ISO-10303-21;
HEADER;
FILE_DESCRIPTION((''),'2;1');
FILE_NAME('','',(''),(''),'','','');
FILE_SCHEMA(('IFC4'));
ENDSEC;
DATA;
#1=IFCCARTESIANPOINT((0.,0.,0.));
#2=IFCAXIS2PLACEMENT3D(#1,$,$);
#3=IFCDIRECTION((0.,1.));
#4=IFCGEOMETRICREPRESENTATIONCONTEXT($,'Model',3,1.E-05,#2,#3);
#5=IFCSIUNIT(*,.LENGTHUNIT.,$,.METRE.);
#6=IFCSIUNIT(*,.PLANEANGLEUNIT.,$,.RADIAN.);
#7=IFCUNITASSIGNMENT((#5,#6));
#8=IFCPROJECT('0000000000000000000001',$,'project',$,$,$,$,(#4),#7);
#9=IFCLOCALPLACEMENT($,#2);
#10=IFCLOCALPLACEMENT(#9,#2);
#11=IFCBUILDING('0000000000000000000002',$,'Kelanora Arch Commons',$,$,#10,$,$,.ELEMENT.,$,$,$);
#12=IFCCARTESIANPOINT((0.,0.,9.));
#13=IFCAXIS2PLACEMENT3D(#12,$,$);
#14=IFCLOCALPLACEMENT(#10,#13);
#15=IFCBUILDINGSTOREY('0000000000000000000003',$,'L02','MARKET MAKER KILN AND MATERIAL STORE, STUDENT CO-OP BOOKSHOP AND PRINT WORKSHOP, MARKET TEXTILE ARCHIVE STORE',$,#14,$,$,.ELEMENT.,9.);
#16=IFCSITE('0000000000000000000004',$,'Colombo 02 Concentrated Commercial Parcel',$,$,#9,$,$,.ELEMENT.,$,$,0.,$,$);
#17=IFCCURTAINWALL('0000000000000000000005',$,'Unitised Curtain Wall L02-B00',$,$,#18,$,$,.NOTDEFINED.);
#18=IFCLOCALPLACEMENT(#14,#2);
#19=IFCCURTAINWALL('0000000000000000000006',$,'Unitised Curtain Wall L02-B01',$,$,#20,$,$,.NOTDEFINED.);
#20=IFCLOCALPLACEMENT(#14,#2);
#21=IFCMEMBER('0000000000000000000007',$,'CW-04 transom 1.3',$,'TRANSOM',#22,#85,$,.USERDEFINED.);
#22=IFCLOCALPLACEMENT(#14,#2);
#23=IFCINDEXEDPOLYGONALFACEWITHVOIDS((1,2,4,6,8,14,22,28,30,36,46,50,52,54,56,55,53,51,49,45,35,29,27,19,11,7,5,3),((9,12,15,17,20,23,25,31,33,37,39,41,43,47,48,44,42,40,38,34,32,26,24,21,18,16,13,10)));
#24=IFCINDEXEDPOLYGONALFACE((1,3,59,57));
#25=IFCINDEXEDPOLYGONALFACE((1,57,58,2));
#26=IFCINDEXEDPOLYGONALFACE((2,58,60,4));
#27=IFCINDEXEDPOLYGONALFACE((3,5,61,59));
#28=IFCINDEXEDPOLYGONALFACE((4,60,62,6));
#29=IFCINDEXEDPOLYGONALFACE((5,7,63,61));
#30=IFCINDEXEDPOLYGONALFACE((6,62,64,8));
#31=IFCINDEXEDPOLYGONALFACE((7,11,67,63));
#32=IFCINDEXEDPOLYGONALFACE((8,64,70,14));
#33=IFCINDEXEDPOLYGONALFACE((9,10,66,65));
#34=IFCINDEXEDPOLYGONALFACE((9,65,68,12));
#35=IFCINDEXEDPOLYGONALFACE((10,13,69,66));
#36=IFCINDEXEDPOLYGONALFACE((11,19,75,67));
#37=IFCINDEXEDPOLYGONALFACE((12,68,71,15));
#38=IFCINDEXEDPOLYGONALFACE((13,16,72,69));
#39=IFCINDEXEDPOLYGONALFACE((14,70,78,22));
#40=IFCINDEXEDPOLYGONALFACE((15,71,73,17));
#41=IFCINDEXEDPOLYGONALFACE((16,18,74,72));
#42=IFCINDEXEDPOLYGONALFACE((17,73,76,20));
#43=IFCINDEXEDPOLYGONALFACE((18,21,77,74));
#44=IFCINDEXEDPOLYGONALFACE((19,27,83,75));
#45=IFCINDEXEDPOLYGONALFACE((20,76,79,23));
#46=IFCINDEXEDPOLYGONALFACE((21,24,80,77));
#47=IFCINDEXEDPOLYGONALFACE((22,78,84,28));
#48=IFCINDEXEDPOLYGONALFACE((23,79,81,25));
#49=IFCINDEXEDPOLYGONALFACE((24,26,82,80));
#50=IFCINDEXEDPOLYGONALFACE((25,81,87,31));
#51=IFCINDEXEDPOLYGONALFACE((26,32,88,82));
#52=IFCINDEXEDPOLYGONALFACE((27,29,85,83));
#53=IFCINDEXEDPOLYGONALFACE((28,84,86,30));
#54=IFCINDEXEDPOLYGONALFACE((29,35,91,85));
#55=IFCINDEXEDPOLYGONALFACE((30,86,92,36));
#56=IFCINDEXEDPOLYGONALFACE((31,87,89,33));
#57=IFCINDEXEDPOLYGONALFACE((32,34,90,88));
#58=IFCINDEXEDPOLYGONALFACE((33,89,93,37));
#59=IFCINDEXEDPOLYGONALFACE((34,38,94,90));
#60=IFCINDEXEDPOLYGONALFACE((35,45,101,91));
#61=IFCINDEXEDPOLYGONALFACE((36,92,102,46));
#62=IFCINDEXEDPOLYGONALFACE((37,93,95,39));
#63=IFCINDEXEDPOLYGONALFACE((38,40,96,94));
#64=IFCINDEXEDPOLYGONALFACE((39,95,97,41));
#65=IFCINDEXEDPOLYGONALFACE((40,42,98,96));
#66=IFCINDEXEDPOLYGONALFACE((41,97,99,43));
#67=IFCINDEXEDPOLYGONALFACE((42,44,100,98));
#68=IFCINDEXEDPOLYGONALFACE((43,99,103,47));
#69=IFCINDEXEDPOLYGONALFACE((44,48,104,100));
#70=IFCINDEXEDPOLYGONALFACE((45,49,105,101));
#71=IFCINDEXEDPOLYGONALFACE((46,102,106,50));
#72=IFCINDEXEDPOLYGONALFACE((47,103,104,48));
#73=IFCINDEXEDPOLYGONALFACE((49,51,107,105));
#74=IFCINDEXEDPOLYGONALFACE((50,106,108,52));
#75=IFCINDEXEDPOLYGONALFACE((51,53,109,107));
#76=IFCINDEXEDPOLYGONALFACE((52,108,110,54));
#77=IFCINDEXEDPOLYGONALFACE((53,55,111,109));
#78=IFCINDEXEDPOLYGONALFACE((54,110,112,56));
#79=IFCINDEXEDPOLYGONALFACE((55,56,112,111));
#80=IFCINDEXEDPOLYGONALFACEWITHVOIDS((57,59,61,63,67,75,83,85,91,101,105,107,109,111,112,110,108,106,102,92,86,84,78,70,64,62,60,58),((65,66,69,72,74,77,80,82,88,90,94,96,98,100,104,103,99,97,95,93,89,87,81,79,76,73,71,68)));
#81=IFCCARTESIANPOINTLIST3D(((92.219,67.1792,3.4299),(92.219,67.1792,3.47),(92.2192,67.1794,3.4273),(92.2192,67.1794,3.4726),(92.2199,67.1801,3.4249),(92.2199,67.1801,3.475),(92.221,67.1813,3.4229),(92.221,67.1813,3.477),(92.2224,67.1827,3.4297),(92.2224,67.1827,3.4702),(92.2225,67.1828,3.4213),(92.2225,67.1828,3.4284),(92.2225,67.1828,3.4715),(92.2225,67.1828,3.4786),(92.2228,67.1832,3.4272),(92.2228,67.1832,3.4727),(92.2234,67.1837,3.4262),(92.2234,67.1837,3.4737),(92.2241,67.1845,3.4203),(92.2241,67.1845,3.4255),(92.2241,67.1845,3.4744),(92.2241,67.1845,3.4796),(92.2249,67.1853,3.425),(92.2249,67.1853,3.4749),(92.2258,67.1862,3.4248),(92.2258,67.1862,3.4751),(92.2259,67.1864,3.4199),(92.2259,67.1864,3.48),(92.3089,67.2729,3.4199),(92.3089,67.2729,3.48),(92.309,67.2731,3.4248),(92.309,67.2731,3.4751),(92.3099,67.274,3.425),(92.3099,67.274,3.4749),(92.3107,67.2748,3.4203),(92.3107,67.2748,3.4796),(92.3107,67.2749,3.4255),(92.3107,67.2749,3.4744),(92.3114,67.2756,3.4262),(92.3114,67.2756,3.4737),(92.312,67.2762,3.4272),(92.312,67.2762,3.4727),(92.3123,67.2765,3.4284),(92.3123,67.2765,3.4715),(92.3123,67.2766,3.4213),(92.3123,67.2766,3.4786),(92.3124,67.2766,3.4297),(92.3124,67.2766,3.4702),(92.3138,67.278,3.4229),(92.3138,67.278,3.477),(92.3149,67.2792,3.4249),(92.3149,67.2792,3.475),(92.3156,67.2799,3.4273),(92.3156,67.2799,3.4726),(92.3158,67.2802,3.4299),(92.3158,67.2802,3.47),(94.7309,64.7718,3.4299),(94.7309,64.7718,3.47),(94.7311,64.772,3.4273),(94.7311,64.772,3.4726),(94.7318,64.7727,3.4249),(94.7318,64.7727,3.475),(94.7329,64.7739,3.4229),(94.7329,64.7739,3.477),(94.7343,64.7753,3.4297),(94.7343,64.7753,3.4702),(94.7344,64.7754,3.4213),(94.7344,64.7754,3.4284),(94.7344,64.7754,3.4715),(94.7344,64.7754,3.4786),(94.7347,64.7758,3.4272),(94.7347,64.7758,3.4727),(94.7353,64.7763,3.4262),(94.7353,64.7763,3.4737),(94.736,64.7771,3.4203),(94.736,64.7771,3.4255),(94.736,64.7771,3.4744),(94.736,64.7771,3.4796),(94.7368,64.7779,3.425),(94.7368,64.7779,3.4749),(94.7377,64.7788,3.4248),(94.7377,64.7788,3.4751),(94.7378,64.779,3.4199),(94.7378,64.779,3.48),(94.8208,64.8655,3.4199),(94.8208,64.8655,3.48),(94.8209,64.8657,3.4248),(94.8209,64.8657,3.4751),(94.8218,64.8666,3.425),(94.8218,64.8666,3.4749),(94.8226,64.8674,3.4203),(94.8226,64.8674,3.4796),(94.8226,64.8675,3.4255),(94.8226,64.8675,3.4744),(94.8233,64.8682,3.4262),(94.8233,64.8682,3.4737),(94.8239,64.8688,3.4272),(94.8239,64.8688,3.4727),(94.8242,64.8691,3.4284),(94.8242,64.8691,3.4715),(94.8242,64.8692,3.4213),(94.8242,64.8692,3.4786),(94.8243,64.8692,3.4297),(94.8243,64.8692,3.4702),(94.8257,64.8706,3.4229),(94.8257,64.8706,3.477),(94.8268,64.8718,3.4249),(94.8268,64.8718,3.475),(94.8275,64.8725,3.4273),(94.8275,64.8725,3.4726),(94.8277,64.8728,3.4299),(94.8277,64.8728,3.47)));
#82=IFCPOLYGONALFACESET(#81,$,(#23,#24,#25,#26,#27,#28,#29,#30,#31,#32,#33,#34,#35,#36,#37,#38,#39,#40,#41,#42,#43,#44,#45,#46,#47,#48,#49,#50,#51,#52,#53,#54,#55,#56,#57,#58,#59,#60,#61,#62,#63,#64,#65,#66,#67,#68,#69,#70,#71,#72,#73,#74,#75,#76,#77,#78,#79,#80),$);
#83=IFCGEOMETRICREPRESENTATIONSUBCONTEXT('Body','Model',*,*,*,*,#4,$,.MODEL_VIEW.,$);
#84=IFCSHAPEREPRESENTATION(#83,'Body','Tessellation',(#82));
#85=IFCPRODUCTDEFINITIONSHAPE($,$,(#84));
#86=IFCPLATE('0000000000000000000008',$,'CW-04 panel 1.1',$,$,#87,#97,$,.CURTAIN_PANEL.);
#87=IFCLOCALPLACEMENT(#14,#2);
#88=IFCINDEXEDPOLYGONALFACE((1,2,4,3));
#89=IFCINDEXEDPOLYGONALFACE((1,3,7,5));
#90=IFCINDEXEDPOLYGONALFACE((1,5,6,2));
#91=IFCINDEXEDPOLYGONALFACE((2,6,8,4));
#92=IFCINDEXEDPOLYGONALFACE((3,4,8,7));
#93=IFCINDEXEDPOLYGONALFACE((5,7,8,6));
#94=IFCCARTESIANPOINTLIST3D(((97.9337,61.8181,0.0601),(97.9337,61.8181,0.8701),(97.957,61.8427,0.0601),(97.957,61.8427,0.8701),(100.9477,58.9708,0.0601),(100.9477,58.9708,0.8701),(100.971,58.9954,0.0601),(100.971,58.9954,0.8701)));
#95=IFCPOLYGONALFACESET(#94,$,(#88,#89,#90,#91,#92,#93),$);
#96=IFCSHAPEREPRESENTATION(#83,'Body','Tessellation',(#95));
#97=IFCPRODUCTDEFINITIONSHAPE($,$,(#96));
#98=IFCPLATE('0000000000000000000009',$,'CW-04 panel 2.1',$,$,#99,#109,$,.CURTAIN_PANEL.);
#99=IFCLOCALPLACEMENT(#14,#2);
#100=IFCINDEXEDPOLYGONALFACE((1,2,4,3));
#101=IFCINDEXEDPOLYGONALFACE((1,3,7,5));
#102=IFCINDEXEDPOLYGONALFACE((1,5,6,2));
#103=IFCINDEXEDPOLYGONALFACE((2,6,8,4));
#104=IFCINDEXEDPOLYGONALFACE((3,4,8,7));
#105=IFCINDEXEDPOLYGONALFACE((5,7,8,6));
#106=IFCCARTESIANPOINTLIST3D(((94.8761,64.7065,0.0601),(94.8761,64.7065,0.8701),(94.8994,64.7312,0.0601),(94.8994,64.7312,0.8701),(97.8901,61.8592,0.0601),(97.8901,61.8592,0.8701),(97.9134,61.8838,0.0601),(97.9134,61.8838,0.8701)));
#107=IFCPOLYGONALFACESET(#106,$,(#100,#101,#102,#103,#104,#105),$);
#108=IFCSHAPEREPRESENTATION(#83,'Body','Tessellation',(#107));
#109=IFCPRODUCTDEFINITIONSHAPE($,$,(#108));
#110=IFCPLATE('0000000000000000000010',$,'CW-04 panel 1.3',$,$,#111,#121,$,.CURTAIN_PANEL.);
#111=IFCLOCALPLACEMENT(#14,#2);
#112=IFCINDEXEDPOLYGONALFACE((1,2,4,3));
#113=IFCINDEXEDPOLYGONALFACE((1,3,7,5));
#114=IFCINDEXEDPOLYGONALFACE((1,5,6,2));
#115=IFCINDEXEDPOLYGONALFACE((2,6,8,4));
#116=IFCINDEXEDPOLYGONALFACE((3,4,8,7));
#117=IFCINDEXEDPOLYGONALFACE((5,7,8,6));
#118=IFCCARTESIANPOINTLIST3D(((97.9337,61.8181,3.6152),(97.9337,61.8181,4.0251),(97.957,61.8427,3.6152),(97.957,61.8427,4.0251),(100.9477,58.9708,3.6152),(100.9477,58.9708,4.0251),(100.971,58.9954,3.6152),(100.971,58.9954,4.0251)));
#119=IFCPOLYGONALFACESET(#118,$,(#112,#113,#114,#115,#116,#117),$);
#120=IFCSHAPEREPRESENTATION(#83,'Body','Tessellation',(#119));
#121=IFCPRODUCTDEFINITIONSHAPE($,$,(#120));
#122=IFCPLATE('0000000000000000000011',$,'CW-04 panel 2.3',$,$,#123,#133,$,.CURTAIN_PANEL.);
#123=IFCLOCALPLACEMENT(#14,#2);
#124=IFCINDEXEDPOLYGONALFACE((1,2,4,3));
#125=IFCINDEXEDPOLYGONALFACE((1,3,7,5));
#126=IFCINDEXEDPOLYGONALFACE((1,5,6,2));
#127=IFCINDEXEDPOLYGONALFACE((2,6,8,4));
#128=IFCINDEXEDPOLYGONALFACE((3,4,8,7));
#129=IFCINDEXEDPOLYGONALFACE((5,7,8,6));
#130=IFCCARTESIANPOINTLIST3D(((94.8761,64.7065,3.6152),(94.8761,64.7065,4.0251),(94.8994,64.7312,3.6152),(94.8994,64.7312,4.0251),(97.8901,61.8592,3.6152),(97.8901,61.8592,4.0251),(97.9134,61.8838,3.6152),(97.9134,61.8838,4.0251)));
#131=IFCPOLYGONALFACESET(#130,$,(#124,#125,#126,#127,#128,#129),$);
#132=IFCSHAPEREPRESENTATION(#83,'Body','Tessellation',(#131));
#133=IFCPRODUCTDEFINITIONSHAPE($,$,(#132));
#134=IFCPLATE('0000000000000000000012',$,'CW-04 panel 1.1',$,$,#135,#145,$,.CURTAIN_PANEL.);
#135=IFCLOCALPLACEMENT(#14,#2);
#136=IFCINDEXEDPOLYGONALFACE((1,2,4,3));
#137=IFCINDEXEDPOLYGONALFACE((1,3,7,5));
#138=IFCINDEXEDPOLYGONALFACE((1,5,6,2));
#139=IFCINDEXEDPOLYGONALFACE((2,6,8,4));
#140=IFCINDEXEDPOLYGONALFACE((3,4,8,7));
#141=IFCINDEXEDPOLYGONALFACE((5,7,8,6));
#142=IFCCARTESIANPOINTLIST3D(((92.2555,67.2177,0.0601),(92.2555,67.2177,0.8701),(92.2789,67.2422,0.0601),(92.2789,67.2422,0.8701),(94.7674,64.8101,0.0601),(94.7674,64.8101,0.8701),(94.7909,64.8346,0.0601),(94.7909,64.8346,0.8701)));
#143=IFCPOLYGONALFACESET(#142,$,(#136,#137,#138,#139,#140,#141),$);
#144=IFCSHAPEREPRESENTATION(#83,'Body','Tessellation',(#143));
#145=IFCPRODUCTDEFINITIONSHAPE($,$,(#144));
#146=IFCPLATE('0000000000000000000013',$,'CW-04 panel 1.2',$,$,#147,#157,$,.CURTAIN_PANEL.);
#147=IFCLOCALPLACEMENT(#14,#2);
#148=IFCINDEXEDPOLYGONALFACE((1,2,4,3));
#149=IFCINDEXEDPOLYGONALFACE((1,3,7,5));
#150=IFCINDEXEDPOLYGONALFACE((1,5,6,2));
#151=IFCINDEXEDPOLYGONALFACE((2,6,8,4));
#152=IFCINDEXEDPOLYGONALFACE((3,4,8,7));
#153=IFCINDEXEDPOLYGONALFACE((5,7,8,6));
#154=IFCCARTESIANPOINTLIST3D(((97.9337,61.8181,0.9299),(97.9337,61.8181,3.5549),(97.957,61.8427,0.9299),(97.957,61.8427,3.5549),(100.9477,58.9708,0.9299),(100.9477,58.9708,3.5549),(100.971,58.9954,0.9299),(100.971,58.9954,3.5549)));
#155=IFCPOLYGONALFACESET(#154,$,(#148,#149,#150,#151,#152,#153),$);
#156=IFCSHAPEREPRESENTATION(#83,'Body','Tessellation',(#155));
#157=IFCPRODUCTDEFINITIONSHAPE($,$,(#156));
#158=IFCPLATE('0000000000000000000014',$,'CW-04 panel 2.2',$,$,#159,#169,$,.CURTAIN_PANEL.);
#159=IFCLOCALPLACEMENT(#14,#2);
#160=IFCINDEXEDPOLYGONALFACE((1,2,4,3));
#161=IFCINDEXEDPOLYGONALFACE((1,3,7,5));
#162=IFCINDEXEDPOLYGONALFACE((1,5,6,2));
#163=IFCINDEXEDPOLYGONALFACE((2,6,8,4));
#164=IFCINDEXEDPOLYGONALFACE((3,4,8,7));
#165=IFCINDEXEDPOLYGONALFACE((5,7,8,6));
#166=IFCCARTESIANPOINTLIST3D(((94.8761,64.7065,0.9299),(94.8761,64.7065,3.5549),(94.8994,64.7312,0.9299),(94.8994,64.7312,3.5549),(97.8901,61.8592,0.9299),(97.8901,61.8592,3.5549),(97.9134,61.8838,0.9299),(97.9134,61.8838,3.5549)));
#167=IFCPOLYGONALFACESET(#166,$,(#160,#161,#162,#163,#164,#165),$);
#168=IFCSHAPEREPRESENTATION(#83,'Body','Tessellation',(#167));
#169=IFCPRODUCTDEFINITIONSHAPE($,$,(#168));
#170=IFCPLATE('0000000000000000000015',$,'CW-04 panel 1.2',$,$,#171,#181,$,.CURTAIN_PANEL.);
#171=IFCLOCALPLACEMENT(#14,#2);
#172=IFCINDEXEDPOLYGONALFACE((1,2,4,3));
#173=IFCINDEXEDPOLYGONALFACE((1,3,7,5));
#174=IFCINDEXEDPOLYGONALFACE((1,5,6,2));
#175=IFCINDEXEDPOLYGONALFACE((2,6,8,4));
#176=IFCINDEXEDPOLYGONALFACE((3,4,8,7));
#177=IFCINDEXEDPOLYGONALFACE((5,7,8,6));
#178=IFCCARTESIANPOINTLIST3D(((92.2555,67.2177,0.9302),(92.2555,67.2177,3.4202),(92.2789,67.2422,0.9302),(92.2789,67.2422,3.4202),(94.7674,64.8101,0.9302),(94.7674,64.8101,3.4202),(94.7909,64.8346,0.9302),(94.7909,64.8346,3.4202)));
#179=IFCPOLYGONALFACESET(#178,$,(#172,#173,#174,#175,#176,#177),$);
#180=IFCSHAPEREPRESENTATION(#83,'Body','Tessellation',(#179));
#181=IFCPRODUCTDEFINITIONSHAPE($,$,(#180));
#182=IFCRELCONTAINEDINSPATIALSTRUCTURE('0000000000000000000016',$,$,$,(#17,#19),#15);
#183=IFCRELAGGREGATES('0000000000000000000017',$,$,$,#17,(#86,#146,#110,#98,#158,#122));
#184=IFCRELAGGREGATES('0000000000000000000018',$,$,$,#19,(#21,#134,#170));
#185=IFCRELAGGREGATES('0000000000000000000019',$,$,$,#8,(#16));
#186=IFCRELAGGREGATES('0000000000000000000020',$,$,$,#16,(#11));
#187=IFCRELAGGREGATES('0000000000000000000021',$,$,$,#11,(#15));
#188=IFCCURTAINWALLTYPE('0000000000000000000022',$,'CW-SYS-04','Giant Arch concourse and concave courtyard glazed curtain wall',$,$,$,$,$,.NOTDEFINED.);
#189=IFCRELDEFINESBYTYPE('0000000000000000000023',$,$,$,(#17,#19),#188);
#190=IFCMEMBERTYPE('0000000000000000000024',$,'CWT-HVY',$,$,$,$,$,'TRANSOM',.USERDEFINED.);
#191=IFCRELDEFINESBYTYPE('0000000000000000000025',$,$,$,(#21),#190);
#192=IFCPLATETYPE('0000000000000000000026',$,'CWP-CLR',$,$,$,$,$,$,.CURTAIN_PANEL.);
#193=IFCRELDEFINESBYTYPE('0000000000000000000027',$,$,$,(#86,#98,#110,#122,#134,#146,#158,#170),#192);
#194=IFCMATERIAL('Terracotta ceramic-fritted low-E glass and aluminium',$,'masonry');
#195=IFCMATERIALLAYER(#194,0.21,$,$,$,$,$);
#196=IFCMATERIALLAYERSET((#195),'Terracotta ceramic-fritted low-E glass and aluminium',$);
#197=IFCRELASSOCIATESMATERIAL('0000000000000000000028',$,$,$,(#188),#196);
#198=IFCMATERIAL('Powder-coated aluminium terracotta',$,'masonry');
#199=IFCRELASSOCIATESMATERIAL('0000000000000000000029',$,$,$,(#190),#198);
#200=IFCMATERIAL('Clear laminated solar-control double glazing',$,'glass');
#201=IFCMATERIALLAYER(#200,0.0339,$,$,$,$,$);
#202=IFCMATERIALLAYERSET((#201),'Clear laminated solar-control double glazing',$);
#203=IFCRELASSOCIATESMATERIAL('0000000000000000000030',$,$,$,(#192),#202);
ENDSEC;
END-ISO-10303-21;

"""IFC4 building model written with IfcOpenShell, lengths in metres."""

from ifc_helpers import new_model, si_unit, direction, frame, origin, origin_2d, place, context, subcontext, project, spatial, rectangle, hollow_rectangle, extrude, source, transform, mapped, material, layer, layer_set, material_profile, profile_set, type_object, element, aggregate, save


model = new_model("IFC4")

# Units and contexts
model_context = context("Model", 3, precision=1e-05, world=origin(), true_north=direction((0.0, 1.0)))
body_context = subcontext(model_context, "Body", "Model", "MODEL_VIEW")
ifc_project = project(units=[si_unit("LENGTHUNIT", "METRE"), si_unit("PLANEANGLEUNIT", "RADIAN")], contexts=[model_context])

# Site, building, storey
site_placement = place(None, origin())
site = spatial("IfcSite", under=ifc_project, at=site_placement, Name="Colombo 02 Concentrated Commercial Parcel", CompositionType="ELEMENT", RefElevation=0.0)
building_placement = place(site_placement, origin())
building = spatial("IfcBuilding", under=site, at=building_placement, Name="Kelanora Arch Commons", CompositionType="ELEMENT")
storey_placement = place(building_placement, frame((0.0, 0.0, 9.0)))
storey = spatial("IfcBuildingStorey", under=building, at=storey_placement, Name="L02", Description="MARKET MAKER KILN AND MATERIAL STORE, STUDENT CO-OP BOOKSHOP AND PRINT WORKSHOP, MARKET TEXTILE ARCHIVE STORE", CompositionType="ELEMENT", Elevation=9.0)

# Curtain wall
ifc_material_1 = material(Name="Terracotta ceramic-fritted low-E glass and aluminium", Category="masonry")
ifc_layer_1 = layer(ifc_material_1, 0.21)
ifc_layer_set_1 = layer_set([ifc_layer_1], Name="Terracotta ceramic-fritted low-E glass and aluminium")
curtain_wall_type = type_object("IfcCurtainWallType", Name="CW-SYS-04", Description="Giant Arch concourse and concave courtyard glazed curtain wall", PredefinedType="NOTDEFINED", material=ifc_layer_set_1)
curtain_wall_1_placement = place(storey_placement, origin())
curtain_wall_1 = element("IfcCurtainWall", 1, at=curtain_wall_1_placement, inside=storey, type_object=curtain_wall_type, Name="Unitised Curtain Wall L02-B00", PredefinedType="NOTDEFINED")
ifc_material_2 = material(Name="Powder-coated aluminium terracotta", Category="masonry")

# Curtain wall
curtain_wall_2_placement = place(storey_placement, origin())
curtain_wall_2 = element("IfcCurtainWall", 2, at=curtain_wall_2_placement, inside=storey, type_object=curtain_wall_type, Name="Unitised Curtain Wall L02-B01", PredefinedType="NOTDEFINED")

# Member
ifc_material_profile_1 = material_profile(ifc_material_2, hollow_rectangle(XDim=0.1399, YDim=0.0601, WallThickness=0.0049, InnerFilletRadius=0.0049, OuterFilletRadius=0.01, at=origin_2d()), Name="CWT140x60")
ifc_profile_set_1 = profile_set([ifc_material_profile_1], Name="Powder-coated aluminium terracotta")
member_type_1 = type_object("IfcMemberType", Name="CWT-HVY", ElementType="TRANSOM", PredefinedType="USERDEFINED", material=ifc_profile_set_1)
member_1_placement = place(storey_placement, frame((94.7793, 64.8223, 3.45), z_axis=(-0.721963, 0.691931, 0.0), x_axis=(-0.691931, -0.721963, 0.0)))
member_1 = element("IfcMember", 3, at=member_1_placement, type_object=member_type_1, Name="CW-04 transom 1.3", ObjectType="TRANSOM", PredefinedType="USERDEFINED", context=body_context, shape_type="SweptSolid", body=[
    extrude(hollow_rectangle(XDim=0.1399, YDim=0.0601, WallThickness=0.0049, InnerFilletRadius=0.0049, OuterFilletRadius=0.01, at=origin_2d()), origin(), (0.0, 0.0, 1.0), 3.4792),
])

# Plates
ifc_material_3 = material(Name="Clear laminated solar-control double glazing", Category="glass")
ifc_layer_2 = layer(ifc_material_3, 0.0339)
ifc_layer_set_2 = layer_set([ifc_layer_2], Name="Clear laminated solar-control double glazing")
plate_type = type_object("IfcPlateType", Name="CWP-CLR", PredefinedType="CURTAIN_PANEL", material=ifc_layer_set_2)
shared_shape_1 = source(origin(), body_context, "Body", "SweptSolid", [
    extrude(rectangle(XDim=4.1462, YDim=0.0339, at=origin_2d()), origin(), (0.0, 0.0, 1.0), 0.8101),
])
plate_1_placement = place(storey_placement, frame((99.4524, 60.4067, 0.0601), z_axis=(0.0, 0.0, 1.0), x_axis=(-0.726922, 0.68672, 0.0)))
plate_1 = element("IfcPlate", 4, at=plate_1_placement, type_object=plate_type, Name="CW-04 panel 1.1", PredefinedType="CURTAIN_PANEL", context=body_context, shape_type="MappedRepresentation", body=[
    mapped(shared_shape_1, transform((0.0, 0.0, 0.0), scale=1.0)),
])
plate_2_placement = place(storey_placement, frame((96.3948, 63.2952, 0.0601), z_axis=(0.0, 0.0, 1.0), x_axis=(-0.726922, 0.68672, 0.0)))
plate_2 = element("IfcPlate", 5, at=plate_2_placement, type_object=plate_type, Name="CW-04 panel 2.1", PredefinedType="CURTAIN_PANEL", context=body_context, shape_type="MappedRepresentation", body=[
    mapped(shared_shape_1, transform((0.0, 0.0, 0.0), scale=1.0)),
])
shared_shape_2 = source(origin(), body_context, "Body", "SweptSolid", [
    extrude(rectangle(XDim=4.1462, YDim=0.0339, at=origin_2d()), origin(), (0.0, 0.0, 1.0), 0.4099),
])
plate_3_placement = place(storey_placement, frame((99.4524, 60.4067, 3.6152), z_axis=(0.0, 0.0, 1.0), x_axis=(-0.726922, 0.68672, 0.0)))
plate_3 = element("IfcPlate", 6, at=plate_3_placement, type_object=plate_type, Name="CW-04 panel 1.3", PredefinedType="CURTAIN_PANEL", context=body_context, shape_type="MappedRepresentation", body=[
    mapped(shared_shape_2, transform((0.0, 0.0, 0.0), scale=1.0)),
])
plate_4_placement = place(storey_placement, frame((96.3948, 63.2952, 3.6152), z_axis=(0.0, 0.0, 1.0), x_axis=(-0.726922, 0.68672, 0.0)))
plate_4 = element("IfcPlate", 7, at=plate_4_placement, type_object=plate_type, Name="CW-04 panel 2.3", PredefinedType="CURTAIN_PANEL", context=body_context, shape_type="MappedRepresentation", body=[
    mapped(shared_shape_2, transform((0.0, 0.0, 0.0), scale=1.0)),
])
shared_shape_3 = source(origin(), body_context, "Body", "SweptSolid", [
    extrude(rectangle(XDim=3.4795, YDim=0.0339, at=origin_2d()), origin(), (0.0, 0.0, 1.0), 0.8101),
])
plate_5_placement = place(storey_placement, frame((93.5232, 66.0261, 0.0601), z_axis=(0.0, 0.0, 1.0), x_axis=(-0.721943, 0.691953, 0.0)))
plate_5 = element("IfcPlate", 8, at=plate_5_placement, type_object=plate_type, Name="CW-04 panel 1.1", PredefinedType="CURTAIN_PANEL", context=body_context, shape_type="MappedRepresentation", body=[
    mapped(shared_shape_3, transform((0.0, 0.0, 0.0), scale=1.0)),
])
shared_shape_4 = source(origin(), body_context, "Body", "SweptSolid", [
    extrude(rectangle(XDim=4.1462, YDim=0.0339, at=origin_2d()), origin(), (0.0, 0.0, 1.0), 2.625),
])
plate_6_placement = place(storey_placement, frame((99.4524, 60.4067, 0.9299), z_axis=(0.0, 0.0, 1.0), x_axis=(-0.726922, 0.68672, 0.0)))
plate_6 = element("IfcPlate", 9, at=plate_6_placement, type_object=plate_type, Name="CW-04 panel 1.2", PredefinedType="CURTAIN_PANEL", context=body_context, shape_type="MappedRepresentation", body=[
    mapped(shared_shape_4, transform((0.0, 0.0, 0.0), scale=1.0)),
])
plate_7_placement = place(storey_placement, frame((96.3948, 63.2952, 0.9299), z_axis=(0.0, 0.0, 1.0), x_axis=(-0.726922, 0.68672, 0.0)))
plate_7 = element("IfcPlate", 10, at=plate_7_placement, type_object=plate_type, Name="CW-04 panel 2.2", PredefinedType="CURTAIN_PANEL", context=body_context, shape_type="MappedRepresentation", body=[
    mapped(shared_shape_4, transform((0.0, 0.0, 0.0), scale=1.0)),
])
aggregate(curtain_wall_1, [plate_1, plate_6, plate_3, plate_2, plate_7, plate_4])
shared_shape_5 = source(origin(), body_context, "Body", "SweptSolid", [
    extrude(rectangle(XDim=3.4795, YDim=0.0339, at=origin_2d()), origin(), (0.0, 0.0, 1.0), 2.49),
])
plate_8_placement = place(storey_placement, frame((93.5232, 66.0261, 0.9302), z_axis=(0.0, 0.0, 1.0), x_axis=(-0.721943, 0.691953, 0.0)))
plate_8 = element("IfcPlate", 11, at=plate_8_placement, type_object=plate_type, Name="CW-04 panel 1.2", PredefinedType="CURTAIN_PANEL", context=body_context, shape_type="MappedRepresentation", body=[
    mapped(shared_shape_5, transform((0.0, 0.0, 0.0), scale=1.0)),
])
aggregate(curtain_wall_2, [member_1, plate_5, plate_8])

save(model, "model.ifc")
